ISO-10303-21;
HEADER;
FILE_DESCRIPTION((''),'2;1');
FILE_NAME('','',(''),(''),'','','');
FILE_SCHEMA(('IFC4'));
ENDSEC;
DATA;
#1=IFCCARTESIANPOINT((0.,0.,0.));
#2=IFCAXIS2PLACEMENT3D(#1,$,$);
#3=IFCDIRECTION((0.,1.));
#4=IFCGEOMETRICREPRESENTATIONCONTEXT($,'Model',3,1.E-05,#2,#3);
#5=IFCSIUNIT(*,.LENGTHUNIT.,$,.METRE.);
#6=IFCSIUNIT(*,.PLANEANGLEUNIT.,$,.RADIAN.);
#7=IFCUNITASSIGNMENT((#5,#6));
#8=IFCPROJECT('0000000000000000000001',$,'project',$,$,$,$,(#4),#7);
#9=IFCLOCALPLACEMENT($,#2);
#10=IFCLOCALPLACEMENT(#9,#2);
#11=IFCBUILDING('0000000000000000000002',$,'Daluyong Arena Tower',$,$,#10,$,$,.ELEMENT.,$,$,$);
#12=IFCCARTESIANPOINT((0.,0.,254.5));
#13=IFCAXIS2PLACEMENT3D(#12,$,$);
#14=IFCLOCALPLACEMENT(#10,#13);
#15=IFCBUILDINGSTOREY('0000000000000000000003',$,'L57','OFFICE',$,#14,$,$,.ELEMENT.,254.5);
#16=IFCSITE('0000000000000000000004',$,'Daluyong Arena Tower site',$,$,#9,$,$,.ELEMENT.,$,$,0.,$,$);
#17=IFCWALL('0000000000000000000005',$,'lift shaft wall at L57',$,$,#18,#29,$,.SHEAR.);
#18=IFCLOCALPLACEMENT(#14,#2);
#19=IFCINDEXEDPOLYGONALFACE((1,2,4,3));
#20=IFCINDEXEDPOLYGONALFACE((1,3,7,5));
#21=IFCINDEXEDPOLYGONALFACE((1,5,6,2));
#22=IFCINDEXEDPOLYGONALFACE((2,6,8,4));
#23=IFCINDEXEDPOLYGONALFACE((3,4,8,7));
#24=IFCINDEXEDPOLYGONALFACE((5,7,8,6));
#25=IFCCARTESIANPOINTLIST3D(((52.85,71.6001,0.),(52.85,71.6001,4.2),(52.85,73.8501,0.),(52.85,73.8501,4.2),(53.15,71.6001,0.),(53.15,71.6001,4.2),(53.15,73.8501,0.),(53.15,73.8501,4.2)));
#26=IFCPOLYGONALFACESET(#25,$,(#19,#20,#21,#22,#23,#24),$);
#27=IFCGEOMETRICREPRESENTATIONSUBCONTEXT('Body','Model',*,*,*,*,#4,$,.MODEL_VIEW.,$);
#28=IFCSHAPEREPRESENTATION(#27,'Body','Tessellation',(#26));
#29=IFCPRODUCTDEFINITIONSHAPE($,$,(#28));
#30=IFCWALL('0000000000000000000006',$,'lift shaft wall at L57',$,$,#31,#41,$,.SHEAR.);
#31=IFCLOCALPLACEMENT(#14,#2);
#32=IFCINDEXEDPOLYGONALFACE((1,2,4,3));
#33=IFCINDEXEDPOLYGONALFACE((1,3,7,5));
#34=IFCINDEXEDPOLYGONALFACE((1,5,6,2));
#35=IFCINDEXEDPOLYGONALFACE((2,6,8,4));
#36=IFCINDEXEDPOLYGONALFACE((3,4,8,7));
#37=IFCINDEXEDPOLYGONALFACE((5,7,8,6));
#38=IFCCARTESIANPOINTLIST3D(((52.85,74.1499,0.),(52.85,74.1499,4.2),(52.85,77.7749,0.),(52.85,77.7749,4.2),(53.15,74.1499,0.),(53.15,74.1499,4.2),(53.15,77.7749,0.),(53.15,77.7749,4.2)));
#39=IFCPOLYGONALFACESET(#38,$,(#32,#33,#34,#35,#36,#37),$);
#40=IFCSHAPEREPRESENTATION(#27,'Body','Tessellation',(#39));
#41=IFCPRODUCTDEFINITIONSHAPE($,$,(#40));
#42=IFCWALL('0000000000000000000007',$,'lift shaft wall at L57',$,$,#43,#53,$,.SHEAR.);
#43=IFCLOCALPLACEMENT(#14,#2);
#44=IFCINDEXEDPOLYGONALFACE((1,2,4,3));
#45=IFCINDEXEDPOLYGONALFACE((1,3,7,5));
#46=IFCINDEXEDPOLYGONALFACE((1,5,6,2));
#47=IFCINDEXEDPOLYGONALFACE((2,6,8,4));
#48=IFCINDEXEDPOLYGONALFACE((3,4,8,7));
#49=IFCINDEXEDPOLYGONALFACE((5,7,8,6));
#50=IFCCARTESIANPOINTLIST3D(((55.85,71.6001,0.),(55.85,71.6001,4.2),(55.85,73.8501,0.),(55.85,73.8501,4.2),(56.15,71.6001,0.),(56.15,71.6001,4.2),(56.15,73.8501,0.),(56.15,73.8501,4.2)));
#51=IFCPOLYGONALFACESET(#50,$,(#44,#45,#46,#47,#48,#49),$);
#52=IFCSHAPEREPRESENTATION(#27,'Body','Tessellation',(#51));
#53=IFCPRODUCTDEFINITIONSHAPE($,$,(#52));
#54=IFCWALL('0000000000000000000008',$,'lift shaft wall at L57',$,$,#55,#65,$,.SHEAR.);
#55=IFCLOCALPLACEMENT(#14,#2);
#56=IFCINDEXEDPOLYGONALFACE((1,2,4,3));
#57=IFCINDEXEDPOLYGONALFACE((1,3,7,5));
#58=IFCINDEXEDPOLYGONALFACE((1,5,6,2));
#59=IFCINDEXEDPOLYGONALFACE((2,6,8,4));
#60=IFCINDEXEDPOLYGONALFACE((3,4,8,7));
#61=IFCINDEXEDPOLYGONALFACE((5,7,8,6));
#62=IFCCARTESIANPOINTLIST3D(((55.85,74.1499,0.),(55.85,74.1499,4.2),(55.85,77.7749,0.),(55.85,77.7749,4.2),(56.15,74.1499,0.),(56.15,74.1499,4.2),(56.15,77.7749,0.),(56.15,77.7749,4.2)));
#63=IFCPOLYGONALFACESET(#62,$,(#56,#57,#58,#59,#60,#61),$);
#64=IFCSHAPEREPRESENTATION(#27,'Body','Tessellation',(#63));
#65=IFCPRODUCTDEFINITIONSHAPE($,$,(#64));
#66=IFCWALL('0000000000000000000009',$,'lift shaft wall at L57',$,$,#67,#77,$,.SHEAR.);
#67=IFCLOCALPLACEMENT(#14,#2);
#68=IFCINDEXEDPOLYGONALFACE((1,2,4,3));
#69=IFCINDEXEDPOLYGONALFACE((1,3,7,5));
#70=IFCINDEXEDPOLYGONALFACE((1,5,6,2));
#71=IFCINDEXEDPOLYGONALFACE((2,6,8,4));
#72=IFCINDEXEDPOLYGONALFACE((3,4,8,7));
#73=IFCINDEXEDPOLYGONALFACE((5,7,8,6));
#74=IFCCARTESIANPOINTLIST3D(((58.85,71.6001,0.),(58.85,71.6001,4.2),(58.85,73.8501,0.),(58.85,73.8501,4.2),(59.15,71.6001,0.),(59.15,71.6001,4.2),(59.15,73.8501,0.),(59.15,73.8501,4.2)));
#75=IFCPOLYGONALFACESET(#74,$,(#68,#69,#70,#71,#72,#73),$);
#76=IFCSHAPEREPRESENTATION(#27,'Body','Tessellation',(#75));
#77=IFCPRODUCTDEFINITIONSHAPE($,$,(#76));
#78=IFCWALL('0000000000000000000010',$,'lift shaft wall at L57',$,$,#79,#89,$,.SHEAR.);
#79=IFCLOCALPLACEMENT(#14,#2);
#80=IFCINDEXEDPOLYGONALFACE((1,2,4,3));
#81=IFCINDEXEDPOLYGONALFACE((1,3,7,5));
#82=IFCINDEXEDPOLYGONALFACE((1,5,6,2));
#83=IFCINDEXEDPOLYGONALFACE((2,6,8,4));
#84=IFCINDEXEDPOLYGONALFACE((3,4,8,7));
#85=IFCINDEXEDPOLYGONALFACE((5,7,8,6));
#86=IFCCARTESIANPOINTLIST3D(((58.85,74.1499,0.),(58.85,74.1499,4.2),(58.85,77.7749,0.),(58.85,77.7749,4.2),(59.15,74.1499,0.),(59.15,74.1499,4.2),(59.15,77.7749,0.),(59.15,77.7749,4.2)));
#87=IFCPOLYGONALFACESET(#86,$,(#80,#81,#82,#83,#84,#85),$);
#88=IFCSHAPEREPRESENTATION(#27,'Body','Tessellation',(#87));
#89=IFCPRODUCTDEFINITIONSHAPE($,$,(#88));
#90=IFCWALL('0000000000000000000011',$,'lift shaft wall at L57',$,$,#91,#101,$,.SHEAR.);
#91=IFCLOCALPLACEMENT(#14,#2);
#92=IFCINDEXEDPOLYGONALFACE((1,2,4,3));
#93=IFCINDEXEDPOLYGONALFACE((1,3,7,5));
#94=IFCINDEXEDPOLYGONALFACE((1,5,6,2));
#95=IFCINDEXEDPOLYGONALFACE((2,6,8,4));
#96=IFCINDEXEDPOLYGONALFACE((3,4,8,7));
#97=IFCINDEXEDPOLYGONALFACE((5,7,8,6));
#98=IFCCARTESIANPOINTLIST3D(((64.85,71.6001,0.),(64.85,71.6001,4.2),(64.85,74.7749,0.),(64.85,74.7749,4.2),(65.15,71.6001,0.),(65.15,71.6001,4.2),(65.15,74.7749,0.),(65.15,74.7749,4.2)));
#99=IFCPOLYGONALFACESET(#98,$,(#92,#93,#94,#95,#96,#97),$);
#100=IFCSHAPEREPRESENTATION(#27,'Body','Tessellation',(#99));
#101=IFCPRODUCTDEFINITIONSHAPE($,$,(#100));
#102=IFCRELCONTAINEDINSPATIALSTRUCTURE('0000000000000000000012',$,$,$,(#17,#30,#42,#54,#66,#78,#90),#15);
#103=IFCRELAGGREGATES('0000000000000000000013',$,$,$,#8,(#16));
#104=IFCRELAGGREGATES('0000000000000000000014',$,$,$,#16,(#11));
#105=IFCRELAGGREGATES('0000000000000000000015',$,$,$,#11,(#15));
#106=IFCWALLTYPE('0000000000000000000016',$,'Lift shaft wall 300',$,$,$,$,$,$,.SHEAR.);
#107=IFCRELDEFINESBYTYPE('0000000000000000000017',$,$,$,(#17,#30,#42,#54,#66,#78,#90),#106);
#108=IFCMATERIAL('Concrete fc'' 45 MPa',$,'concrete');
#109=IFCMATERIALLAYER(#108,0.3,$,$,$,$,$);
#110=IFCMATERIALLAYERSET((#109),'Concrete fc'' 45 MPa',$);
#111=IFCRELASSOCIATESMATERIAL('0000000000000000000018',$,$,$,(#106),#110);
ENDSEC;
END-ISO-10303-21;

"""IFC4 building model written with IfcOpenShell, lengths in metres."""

from ifc_helpers import new_model, si_unit, direction, frame, frame_2d, origin, place, context, subcontext, project, spatial, rectangle, extrude, material, layer, layer_set, type_object, element, save


model = new_model("IFC4")

# Units and contexts
model_context = context("Model", 3, precision=1e-05, world=origin(), true_north=direction((0.0, 1.0)))
body_context = subcontext(model_context, "Body", "Model", "MODEL_VIEW")
ifc_project = project(units=[si_unit("LENGTHUNIT", "METRE"), si_unit("PLANEANGLEUNIT", "RADIAN")], contexts=[model_context])

# Site, building, storey
site_placement = place(None, origin())
site = spatial("IfcSite", under=ifc_project, at=site_placement, Name="Daluyong Arena Tower site", CompositionType="ELEMENT", RefElevation=0.0)
building_placement = place(site_placement, origin())
building = spatial("IfcBuilding", under=site, at=building_placement, Name="Daluyong Arena Tower", CompositionType="ELEMENT")
storey_placement = place(building_placement, frame((0.0, 0.0, 254.5)))
storey = spatial("IfcBuildingStorey", under=building, at=storey_placement, Name="L57", Description="OFFICE", CompositionType="ELEMENT", Elevation=254.5)

# Walls
ifc_material_1 = material(Name="Concrete fc' 45 MPa", Category="concrete")
ifc_layer_1 = layer(ifc_material_1, 0.3)
ifc_layer_set_1 = layer_set([ifc_layer_1], Name="Concrete fc' 45 MPa")
wall_type_1 = type_object("IfcWallType", Name="Lift shaft wall 300", PredefinedType="SHEAR", material=ifc_layer_set_1)
wall_1_placement = place(storey_placement, frame((53.0, 71.6001, 0.0), z_axis=(0.0, 0.0, 1.0), x_axis=(0.0, 1.0, 0.0)))
element("IfcWall", 1, at=wall_1_placement, inside=storey, type_object=wall_type_1, Name="lift shaft wall at L57", PredefinedType="SHEAR", context=body_context, shape_type="SweptSolid", body=[
    extrude(rectangle(XDim=2.25, YDim=0.3, at=frame_2d((1.125, 0.0))), origin(), (0.0, 0.0, 1.0), 4.2),
])
wall_2_placement = place(storey_placement, frame((53.0, 74.1499, 0.0), z_axis=(0.0, 0.0, 1.0), x_axis=(0.0, 1.0, 0.0)))
element("IfcWall", 2, at=wall_2_placement, inside=storey, type_object=wall_type_1, Name="lift shaft wall at L57", PredefinedType="SHEAR", context=body_context, shape_type="SweptSolid", body=[
    extrude(rectangle(XDim=3.625, YDim=0.3, at=frame_2d((1.8125, 0.0))), origin(), (0.0, 0.0, 1.0), 4.2),
])
wall_3_placement = place(storey_placement, frame((56.0, 71.6001, 0.0), z_axis=(0.0, 0.0, 1.0), x_axis=(0.0, 1.0, 0.0)))
element("IfcWall", 3, at=wall_3_placement, inside=storey, type_object=wall_type_1, Name="lift shaft wall at L57", PredefinedType="SHEAR", context=body_context, shape_type="SweptSolid", body=[
    extrude(rectangle(XDim=2.25, YDim=0.3, at=frame_2d((1.125, 0.0))), origin(), (0.0, 0.0, 1.0), 4.2),
])
wall_4_placement = place(storey_placement, frame((56.0, 74.1499, 0.0), z_axis=(0.0, 0.0, 1.0), x_axis=(0.0, 1.0, 0.0)))
element("IfcWall", 4, at=wall_4_placement, inside=storey, type_object=wall_type_1, Name="lift shaft wall at L57", PredefinedType="SHEAR", context=body_context, shape_type="SweptSolid", body=[
    extrude(rectangle(XDim=3.625, YDim=0.3, at=frame_2d((1.8125, 0.0))), origin(), (0.0, 0.0, 1.0), 4.2),
])
wall_5_placement = place(storey_placement, frame((59.0, 71.6001, 0.0), z_axis=(0.0, 0.0, 1.0), x_axis=(0.0, 1.0, 0.0)))
element("IfcWall", 5, at=wall_5_placement, inside=storey, type_object=wall_type_1, Name="lift shaft wall at L57", PredefinedType="SHEAR", context=body_context, shape_type="SweptSolid", body=[
    extrude(rectangle(XDim=2.25, YDim=0.3, at=frame_2d((1.125, 0.0))), origin(), (0.0, 0.0, 1.0), 4.2),
])
wall_6_placement = place(storey_placement, frame((59.0, 74.1499, 0.0), z_axis=(0.0, 0.0, 1.0), x_axis=(0.0, 1.0, 0.0)))
element("IfcWall", 6, at=wall_6_placement, inside=storey, type_object=wall_type_1, Name="lift shaft wall at L57", PredefinedType="SHEAR", context=body_context, shape_type="SweptSolid", body=[
    extrude(rectangle(XDim=3.625, YDim=0.3, at=frame_2d((1.8125, 0.0))), origin(), (0.0, 0.0, 1.0), 4.2),
])
wall_7_placement = place(storey_placement, frame((65.0, 71.6001, 0.0), z_axis=(0.0, 0.0, 1.0), x_axis=(0.0, 1.0, 0.0)))
element("IfcWall", 7, at=wall_7_placement, inside=storey, type_object=wall_type_1, Name="lift shaft wall at L57", PredefinedType="SHEAR", context=body_context, shape_type="SweptSolid", body=[
    extrude(rectangle(XDim=3.1748, YDim=0.3, at=frame_2d((1.5874, 0.0))), origin(), (0.0, 0.0, 1.0), 4.2),
])

save(model, "model.ifc")
